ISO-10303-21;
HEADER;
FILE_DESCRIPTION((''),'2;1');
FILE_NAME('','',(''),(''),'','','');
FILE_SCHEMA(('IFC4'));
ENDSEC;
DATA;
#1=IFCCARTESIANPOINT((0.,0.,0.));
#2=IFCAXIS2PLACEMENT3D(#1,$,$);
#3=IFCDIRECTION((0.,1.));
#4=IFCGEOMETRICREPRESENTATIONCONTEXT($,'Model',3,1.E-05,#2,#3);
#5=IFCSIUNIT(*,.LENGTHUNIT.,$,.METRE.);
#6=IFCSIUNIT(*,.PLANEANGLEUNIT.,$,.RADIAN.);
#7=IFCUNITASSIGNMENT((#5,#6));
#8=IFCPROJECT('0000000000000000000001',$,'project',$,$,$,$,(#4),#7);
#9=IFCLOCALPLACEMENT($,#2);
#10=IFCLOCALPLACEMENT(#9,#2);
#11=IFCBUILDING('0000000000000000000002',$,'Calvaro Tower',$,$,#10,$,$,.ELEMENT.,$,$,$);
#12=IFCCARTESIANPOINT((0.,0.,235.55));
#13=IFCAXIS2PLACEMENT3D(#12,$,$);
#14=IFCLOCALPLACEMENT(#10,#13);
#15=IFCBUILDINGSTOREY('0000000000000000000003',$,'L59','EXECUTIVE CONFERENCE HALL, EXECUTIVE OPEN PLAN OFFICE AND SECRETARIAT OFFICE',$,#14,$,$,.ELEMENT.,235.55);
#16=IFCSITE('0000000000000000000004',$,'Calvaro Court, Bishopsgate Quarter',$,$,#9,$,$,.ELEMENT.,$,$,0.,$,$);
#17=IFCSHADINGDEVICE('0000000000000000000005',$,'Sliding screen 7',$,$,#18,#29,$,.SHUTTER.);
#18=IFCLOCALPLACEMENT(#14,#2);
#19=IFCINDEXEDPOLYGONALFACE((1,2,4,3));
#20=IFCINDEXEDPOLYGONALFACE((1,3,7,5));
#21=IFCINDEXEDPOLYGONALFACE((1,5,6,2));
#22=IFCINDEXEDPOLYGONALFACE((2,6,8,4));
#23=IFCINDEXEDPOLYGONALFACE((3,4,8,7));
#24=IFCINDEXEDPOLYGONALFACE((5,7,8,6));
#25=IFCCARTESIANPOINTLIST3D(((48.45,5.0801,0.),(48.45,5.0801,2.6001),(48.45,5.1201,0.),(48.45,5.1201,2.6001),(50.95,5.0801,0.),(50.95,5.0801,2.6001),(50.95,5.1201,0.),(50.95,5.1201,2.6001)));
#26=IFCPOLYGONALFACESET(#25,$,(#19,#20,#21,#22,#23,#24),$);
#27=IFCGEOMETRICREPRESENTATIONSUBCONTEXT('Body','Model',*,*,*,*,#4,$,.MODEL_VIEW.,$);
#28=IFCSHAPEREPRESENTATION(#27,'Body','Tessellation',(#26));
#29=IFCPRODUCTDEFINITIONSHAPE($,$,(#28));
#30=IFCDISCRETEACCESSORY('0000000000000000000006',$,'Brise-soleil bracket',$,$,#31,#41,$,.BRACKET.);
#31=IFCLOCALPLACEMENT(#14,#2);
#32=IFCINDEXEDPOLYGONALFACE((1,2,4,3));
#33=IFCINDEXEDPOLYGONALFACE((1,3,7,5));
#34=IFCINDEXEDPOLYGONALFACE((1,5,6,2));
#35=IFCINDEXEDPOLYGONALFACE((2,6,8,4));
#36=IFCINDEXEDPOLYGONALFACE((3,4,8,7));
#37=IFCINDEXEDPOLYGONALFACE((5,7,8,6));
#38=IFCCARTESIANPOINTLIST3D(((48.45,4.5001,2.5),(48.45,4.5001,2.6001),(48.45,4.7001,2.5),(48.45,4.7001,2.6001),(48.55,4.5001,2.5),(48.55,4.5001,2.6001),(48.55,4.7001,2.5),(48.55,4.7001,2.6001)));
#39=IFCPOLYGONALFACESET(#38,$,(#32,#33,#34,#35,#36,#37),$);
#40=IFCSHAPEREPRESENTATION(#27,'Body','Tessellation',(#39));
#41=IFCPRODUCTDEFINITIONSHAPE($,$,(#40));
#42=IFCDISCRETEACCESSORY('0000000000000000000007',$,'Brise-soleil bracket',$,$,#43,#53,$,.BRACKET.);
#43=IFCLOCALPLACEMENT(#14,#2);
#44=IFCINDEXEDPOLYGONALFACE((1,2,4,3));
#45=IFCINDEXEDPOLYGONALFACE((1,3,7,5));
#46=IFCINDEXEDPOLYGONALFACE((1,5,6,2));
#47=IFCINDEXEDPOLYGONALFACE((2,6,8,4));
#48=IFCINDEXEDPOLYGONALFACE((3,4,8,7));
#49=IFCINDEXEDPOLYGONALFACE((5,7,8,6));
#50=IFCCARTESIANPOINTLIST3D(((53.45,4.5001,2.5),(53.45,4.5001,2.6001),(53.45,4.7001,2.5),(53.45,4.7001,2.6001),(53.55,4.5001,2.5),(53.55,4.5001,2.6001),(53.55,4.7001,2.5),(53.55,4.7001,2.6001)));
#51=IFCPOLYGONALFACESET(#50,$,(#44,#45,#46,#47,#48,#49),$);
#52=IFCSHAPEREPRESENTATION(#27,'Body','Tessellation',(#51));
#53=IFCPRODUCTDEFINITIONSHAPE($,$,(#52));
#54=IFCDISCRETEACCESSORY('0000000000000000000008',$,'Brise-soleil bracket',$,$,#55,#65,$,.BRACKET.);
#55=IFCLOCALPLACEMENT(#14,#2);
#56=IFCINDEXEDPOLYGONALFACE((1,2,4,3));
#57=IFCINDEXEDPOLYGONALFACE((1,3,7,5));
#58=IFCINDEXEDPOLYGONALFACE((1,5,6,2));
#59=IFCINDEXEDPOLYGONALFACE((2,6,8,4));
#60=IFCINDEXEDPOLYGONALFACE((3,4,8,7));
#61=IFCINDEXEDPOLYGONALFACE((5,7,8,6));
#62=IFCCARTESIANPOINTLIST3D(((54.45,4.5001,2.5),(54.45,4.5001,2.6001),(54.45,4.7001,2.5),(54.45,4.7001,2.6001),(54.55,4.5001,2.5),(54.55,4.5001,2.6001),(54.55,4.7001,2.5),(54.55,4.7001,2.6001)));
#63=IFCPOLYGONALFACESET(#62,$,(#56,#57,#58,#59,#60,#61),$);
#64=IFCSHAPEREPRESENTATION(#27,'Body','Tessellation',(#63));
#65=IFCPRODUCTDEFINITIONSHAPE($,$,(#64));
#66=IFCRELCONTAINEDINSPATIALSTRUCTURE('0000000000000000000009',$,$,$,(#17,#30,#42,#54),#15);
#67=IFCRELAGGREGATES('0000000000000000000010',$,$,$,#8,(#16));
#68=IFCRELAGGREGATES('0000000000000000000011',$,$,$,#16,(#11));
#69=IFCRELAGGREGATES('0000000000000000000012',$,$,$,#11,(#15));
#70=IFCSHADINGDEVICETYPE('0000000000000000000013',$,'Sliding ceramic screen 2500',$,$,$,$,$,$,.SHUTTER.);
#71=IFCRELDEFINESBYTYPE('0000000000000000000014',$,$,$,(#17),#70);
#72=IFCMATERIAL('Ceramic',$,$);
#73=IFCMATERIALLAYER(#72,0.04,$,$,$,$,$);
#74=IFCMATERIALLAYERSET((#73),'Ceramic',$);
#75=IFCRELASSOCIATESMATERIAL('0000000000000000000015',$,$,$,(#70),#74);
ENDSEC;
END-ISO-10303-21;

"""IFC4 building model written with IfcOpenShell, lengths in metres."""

from ifc_helpers import new_model, si_unit, direction, frame, origin, origin_2d, place, context, subcontext, project, spatial, rectangle, extrude, material, layer, layer_set, type_object, element, save


model = new_model("IFC4")

# Units and contexts
model_context = context("Model", 3, precision=1e-05, world=origin(), true_north=direction((0.0, 1.0)))
body_context = subcontext(model_context, "Body", "Model", "MODEL_VIEW")
ifc_project = project(units=[si_unit("LENGTHUNIT", "METRE"), si_unit("PLANEANGLEUNIT", "RADIAN")], contexts=[model_context])

# Site, building, storey
site_placement = place(None, origin())
site = spatial("IfcSite", under=ifc_project, at=site_placement, Name="Calvaro Court, Bishopsgate Quarter", CompositionType="ELEMENT", RefElevation=0.0)
building_placement = place(site_placement, origin())
building = spatial("IfcBuilding", under=site, at=building_placement, Name="Calvaro Tower", CompositionType="ELEMENT")
storey_placement = place(building_placement, frame((0.0, 0.0, 235.55)))
storey = spatial("IfcBuildingStorey", under=building, at=storey_placement, Name="L59", Description="EXECUTIVE CONFERENCE HALL, EXECUTIVE OPEN PLAN OFFICE AND SECRETARIAT OFFICE", CompositionType="ELEMENT", Elevation=235.55)

# Shading device
ifc_material_1 = material(Name="Ceramic")
ifc_layer_1 = layer(ifc_material_1, 0.04)
ifc_layer_set_1 = layer_set([ifc_layer_1], Name="Ceramic")
shading_device_type_1 = type_object("IfcShadingDeviceType", Name="Sliding ceramic screen 2500", PredefinedType="SHUTTER", material=ifc_layer_set_1)
shading_device_placement = place(storey_placement, frame((49.7, 5.1001, 0.0), z_axis=(0.0, 0.0, 1.0), x_axis=(1.0, 0.0, 0.0)))
element("IfcShadingDevice", 1, at=shading_device_placement, inside=storey, type_object=shading_device_type_1, Name="Sliding screen 7", PredefinedType="SHUTTER", context=body_context, shape_type="SweptSolid", body=[
    extrude(rectangle(XDim=2.5, YDim=0.04, at=origin_2d()), origin(), (0.0, 0.0, 1.0), 2.6001),
])

# Discrete accessories
for number, where, z_axis, x_axis, name in (
    (2, (48.5, 4.6001, 2.5), (0.0, 0.0, 1.0), (1.0, 0.0, 0.0), "Brise-soleil bracket"),
    (3, (53.5, 4.6001, 2.5), (0.0, 0.0, 1.0), (1.0, 0.0, 0.0), "Brise-soleil bracket"),
    (4, (54.5, 4.6001, 2.5), (0.0, 0.0, 1.0), (1.0, 0.0, 0.0), "Brise-soleil bracket"),
):
    element("IfcDiscreteAccessory", number, at=place(storey_placement, frame(where, z_axis=z_axis, x_axis=x_axis)), inside=storey, Name=name, PredefinedType="BRACKET", context=body_context, shape_type="SweptSolid", body=[
        extrude(rectangle(XDim=0.1001, YDim=0.2, at=origin_2d()), origin(), (0.0, 0.0, 1.0), 0.1001),
    ])

save(model, "model.ifc")
